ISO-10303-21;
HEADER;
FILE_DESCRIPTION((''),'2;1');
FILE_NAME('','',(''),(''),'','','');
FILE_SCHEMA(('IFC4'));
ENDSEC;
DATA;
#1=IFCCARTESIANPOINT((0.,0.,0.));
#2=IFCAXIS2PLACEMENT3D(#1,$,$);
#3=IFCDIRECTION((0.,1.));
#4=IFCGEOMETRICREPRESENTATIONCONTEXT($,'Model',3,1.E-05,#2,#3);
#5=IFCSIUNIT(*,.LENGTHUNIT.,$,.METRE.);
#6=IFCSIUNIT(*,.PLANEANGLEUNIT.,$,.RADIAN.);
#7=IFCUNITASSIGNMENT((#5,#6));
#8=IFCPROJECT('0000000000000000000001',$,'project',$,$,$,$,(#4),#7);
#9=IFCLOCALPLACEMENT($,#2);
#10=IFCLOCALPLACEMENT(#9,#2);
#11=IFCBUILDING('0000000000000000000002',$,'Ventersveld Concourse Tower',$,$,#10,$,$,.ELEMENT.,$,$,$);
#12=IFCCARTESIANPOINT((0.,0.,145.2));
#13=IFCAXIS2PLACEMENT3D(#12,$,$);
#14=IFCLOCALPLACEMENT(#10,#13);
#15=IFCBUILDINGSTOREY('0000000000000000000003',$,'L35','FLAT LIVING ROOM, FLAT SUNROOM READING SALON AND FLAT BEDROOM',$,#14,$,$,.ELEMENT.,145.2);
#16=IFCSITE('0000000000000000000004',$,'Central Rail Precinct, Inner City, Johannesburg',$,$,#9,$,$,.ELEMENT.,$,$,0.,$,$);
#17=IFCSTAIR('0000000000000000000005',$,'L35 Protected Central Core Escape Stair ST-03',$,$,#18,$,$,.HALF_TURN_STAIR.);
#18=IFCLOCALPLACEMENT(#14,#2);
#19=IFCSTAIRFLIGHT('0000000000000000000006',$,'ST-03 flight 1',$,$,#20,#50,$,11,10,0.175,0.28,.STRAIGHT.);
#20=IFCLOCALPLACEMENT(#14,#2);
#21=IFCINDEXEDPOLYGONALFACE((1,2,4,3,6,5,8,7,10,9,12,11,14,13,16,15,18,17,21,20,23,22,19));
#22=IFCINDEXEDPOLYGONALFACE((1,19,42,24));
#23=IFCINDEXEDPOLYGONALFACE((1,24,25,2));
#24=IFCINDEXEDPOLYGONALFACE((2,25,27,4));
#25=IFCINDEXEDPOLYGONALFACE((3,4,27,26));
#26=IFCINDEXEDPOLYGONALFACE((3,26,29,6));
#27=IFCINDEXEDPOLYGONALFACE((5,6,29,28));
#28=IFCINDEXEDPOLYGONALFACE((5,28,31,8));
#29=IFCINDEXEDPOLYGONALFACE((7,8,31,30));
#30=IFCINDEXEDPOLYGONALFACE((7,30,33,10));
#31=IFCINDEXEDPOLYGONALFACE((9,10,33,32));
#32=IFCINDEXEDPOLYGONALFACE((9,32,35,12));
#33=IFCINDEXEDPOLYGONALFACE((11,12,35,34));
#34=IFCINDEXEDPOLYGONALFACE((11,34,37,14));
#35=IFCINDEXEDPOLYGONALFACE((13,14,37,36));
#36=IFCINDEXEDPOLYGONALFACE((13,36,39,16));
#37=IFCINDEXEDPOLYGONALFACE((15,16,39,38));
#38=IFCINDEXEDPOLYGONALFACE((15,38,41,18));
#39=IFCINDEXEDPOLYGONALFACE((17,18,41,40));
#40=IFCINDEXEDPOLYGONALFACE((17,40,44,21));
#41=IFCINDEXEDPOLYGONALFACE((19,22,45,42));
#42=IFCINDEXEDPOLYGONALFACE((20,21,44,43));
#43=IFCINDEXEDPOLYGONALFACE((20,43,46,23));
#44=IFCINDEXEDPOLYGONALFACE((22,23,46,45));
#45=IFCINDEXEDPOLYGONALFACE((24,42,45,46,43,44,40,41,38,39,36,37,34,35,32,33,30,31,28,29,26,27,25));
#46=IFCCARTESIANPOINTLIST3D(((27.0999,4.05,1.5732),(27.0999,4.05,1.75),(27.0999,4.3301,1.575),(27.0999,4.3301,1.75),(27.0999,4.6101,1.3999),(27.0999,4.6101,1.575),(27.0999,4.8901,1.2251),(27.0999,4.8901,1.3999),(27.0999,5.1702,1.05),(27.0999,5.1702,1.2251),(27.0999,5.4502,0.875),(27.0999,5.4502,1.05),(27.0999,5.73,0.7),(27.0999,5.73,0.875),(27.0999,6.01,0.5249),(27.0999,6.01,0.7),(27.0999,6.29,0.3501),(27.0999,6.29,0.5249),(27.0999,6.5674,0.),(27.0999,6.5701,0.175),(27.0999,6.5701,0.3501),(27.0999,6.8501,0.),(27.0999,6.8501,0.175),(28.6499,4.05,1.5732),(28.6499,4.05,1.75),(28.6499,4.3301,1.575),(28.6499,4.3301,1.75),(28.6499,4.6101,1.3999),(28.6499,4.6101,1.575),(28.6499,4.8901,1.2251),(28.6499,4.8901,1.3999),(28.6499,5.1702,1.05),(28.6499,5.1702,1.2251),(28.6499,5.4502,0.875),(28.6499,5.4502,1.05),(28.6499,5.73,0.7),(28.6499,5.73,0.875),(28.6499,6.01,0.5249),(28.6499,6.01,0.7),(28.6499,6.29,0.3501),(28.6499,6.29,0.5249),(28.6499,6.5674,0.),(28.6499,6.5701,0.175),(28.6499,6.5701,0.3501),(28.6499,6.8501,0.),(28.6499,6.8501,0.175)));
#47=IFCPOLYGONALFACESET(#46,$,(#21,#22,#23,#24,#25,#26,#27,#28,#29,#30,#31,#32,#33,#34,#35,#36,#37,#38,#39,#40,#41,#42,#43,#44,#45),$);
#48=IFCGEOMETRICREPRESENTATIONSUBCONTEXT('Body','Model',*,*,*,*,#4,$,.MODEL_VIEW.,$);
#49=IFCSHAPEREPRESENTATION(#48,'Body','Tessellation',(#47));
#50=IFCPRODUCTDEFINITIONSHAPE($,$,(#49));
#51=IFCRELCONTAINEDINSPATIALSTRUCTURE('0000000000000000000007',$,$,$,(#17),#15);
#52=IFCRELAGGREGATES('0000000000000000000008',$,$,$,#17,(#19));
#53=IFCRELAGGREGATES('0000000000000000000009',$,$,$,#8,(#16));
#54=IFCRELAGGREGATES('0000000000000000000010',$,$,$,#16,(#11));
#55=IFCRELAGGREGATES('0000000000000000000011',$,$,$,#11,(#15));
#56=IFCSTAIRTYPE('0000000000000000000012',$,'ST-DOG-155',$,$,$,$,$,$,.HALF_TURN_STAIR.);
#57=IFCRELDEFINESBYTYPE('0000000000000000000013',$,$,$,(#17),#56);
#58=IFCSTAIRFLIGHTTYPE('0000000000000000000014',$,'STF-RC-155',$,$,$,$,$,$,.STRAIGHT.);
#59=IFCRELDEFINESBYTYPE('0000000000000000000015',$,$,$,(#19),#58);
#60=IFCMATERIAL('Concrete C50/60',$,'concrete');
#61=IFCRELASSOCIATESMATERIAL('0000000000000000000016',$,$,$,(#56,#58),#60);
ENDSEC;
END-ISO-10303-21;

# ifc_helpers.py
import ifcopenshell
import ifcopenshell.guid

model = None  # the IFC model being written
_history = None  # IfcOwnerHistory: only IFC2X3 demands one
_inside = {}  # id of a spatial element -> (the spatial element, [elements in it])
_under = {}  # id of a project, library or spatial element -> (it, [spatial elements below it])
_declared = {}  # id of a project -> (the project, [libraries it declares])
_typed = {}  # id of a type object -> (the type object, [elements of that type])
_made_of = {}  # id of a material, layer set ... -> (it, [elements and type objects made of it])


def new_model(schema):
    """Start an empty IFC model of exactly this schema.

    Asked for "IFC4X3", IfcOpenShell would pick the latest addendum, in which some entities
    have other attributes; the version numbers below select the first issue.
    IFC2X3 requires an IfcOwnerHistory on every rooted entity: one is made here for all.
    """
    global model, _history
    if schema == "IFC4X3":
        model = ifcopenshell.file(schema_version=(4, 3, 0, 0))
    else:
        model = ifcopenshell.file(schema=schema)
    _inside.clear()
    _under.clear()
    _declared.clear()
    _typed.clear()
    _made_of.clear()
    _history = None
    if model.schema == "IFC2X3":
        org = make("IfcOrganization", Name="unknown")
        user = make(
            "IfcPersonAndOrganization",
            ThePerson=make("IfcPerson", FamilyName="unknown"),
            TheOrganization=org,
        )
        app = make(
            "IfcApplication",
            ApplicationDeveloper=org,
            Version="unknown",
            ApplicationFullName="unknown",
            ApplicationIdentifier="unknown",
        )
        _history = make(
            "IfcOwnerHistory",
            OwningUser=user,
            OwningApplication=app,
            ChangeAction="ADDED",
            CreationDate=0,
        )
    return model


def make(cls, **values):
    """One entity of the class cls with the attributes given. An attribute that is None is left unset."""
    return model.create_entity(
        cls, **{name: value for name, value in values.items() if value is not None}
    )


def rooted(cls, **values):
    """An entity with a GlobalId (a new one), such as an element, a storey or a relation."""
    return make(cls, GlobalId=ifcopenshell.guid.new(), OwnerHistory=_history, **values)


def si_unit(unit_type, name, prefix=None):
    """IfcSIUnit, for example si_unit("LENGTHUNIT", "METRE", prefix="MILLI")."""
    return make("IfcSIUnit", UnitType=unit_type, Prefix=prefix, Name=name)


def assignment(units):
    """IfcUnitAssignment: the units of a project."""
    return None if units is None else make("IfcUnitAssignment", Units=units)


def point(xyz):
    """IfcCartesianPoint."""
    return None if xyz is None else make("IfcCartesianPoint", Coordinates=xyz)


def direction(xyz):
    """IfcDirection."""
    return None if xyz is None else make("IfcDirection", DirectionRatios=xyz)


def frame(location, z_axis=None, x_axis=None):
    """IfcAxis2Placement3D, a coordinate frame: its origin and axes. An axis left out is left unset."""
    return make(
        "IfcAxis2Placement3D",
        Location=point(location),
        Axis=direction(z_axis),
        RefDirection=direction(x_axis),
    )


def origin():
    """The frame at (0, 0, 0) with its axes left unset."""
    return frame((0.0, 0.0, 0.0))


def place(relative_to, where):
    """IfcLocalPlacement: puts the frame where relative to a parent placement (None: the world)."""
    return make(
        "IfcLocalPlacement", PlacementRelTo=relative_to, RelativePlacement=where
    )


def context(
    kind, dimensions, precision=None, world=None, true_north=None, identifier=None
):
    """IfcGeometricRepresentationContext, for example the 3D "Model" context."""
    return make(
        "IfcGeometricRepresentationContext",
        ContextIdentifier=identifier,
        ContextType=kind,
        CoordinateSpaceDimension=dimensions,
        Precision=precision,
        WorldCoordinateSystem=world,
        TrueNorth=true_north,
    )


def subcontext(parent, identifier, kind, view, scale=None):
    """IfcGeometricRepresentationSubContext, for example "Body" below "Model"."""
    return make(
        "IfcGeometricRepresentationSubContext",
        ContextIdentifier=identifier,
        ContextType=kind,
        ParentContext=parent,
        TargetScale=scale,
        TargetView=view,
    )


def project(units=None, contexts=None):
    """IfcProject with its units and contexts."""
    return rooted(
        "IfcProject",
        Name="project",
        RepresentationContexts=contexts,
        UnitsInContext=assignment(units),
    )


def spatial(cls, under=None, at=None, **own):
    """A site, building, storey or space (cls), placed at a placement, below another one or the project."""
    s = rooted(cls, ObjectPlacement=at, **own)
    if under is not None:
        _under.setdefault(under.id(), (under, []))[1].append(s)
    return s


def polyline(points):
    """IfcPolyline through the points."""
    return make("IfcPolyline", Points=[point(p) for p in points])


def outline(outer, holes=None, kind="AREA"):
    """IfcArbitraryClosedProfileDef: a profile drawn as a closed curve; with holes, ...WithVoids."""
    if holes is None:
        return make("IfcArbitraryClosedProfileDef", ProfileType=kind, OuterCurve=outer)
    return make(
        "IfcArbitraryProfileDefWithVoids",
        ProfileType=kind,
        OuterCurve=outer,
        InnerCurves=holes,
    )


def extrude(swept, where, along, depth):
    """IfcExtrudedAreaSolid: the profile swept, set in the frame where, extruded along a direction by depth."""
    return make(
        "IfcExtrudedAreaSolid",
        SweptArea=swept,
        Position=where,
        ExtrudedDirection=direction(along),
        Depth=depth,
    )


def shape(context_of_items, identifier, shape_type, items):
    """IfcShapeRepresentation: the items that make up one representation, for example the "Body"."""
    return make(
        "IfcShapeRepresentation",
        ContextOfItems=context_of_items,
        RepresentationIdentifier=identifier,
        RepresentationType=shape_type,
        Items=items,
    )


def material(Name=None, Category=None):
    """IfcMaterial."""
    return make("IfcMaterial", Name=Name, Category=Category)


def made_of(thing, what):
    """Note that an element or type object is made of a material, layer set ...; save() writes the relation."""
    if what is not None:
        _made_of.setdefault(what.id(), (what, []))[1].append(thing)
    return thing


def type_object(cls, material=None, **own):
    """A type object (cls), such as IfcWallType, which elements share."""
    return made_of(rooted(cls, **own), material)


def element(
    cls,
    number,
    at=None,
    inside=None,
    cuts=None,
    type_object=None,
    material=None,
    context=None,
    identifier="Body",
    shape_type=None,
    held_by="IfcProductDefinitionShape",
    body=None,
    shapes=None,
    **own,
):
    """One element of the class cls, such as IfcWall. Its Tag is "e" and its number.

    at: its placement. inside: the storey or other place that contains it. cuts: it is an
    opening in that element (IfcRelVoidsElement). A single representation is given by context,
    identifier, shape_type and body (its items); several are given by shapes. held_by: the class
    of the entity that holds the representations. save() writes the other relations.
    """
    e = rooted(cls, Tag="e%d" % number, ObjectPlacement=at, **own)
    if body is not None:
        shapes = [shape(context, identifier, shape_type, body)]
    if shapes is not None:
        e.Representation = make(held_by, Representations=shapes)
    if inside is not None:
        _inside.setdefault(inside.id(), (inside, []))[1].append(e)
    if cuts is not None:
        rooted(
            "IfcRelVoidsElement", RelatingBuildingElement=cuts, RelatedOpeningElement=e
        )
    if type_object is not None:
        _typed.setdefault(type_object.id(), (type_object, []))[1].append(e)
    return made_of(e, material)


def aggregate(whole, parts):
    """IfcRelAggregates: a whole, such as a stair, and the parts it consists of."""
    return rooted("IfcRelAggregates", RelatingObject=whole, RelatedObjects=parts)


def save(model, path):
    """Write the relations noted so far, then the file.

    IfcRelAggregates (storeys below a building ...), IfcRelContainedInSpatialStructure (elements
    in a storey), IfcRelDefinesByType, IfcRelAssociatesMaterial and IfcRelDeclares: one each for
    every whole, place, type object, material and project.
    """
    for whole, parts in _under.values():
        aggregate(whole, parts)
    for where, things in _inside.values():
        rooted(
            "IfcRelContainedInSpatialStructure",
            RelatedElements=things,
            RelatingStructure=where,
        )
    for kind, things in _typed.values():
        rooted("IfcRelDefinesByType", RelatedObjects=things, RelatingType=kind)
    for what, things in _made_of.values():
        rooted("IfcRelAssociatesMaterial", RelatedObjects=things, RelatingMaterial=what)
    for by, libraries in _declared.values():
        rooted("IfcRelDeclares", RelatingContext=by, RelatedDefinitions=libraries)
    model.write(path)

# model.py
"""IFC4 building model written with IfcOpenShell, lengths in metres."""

from ifc_helpers import new_model, si_unit, direction, frame, origin, place, context, subcontext, project, spatial, polyline, outline, extrude, material, type_object, element, aggregate, save


model = new_model("IFC4")

# Units and contexts
model_context = context("Model", 3, precision=1e-05, world=origin(), true_north=direction((0.0, 1.0)))
body_context = subcontext(model_context, "Body", "Model", "MODEL_VIEW")
ifc_project = project(units=[si_unit("LENGTHUNIT", "METRE"), si_unit("PLANEANGLEUNIT", "RADIAN")], contexts=[model_context])

# Site, building, storey
site_placement = place(None, origin())
site = spatial("IfcSite", under=ifc_project, at=site_placement, Name="Central Rail Precinct, Inner City, Johannesburg", CompositionType="ELEMENT", RefElevation=0.0)
building_placement = place(site_placement, origin())
building = spatial("IfcBuilding", under=site, at=building_placement, Name="Ventersveld Concourse Tower", CompositionType="ELEMENT")
storey_placement = place(building_placement, frame((0.0, 0.0, 145.2)))
storey = spatial("IfcBuildingStorey", under=building, at=storey_placement, Name="L35", Description="FLAT LIVING ROOM, FLAT SUNROOM READING SALON AND FLAT BEDROOM", CompositionType="ELEMENT", Elevation=145.2)

# Shared definitions
ifc_material_1 = material(Name="Concrete C50/60", Category="concrete")

# Stair, stair flight
stair_type = type_object("IfcStairType", Name="ST-DOG-155", PredefinedType="HALF_TURN_STAIR", material=ifc_material_1)
stair_placement = place(storey_placement, origin())
stair = element("IfcStair", 1, at=stair_placement, inside=storey, type_object=stair_type, Name="L35 Protected Central Core Escape Stair ST-03", PredefinedType="HALF_TURN_STAIR")
stair_flight_type = type_object("IfcStairFlightType", Name="STF-RC-155", PredefinedType="STRAIGHT", material=ifc_material_1)
stair_flight_placement = place(storey_placement, frame((27.875, 6.8501, 0.0), z_axis=(0.0, 0.0, 1.0), x_axis=(0.0, -1.0, 0.0)))
stair_flight = element("IfcStairFlight", 2, at=stair_flight_placement, type_object=stair_flight_type, Name="ST-03 flight 1", NumberOfRisers=11, NumberOfTreads=10, PredefinedType="STRAIGHT", RiserHeight=0.175, TreadLength=0.28, context=body_context, shape_type="SweptSolid", body=[
    extrude(outline(polyline([(0.0, 0.0), (0.0, 0.175), (0.28, 0.175), (0.28, 0.3501), (0.5601, 0.3501), (0.5601, 0.5249), (0.8401, 0.5249), (0.8401, 0.7), (1.1201, 0.7), (1.1201, 0.875), (1.3999, 0.875), (1.3999, 1.05), (1.6799, 1.05), (1.6799, 1.2251), (1.96, 1.2251), (1.96, 1.3999), (2.24, 1.3999), (2.24, 1.575), (2.52, 1.575), (2.52, 1.75), (2.8, 1.75), (2.8, 1.925), (2.8, 1.5732), (0.2827, 0.0), (0.0, 0.0)])), frame((0.0, 0.7749, 0.0), z_axis=(0.0, -1.0, 0.0), x_axis=(1.0, 0.0, 0.0)), (0.0, 0.0, 1.0), 1.55),
])
aggregate(stair, [stair_flight])

save(model, "model.ifc")
